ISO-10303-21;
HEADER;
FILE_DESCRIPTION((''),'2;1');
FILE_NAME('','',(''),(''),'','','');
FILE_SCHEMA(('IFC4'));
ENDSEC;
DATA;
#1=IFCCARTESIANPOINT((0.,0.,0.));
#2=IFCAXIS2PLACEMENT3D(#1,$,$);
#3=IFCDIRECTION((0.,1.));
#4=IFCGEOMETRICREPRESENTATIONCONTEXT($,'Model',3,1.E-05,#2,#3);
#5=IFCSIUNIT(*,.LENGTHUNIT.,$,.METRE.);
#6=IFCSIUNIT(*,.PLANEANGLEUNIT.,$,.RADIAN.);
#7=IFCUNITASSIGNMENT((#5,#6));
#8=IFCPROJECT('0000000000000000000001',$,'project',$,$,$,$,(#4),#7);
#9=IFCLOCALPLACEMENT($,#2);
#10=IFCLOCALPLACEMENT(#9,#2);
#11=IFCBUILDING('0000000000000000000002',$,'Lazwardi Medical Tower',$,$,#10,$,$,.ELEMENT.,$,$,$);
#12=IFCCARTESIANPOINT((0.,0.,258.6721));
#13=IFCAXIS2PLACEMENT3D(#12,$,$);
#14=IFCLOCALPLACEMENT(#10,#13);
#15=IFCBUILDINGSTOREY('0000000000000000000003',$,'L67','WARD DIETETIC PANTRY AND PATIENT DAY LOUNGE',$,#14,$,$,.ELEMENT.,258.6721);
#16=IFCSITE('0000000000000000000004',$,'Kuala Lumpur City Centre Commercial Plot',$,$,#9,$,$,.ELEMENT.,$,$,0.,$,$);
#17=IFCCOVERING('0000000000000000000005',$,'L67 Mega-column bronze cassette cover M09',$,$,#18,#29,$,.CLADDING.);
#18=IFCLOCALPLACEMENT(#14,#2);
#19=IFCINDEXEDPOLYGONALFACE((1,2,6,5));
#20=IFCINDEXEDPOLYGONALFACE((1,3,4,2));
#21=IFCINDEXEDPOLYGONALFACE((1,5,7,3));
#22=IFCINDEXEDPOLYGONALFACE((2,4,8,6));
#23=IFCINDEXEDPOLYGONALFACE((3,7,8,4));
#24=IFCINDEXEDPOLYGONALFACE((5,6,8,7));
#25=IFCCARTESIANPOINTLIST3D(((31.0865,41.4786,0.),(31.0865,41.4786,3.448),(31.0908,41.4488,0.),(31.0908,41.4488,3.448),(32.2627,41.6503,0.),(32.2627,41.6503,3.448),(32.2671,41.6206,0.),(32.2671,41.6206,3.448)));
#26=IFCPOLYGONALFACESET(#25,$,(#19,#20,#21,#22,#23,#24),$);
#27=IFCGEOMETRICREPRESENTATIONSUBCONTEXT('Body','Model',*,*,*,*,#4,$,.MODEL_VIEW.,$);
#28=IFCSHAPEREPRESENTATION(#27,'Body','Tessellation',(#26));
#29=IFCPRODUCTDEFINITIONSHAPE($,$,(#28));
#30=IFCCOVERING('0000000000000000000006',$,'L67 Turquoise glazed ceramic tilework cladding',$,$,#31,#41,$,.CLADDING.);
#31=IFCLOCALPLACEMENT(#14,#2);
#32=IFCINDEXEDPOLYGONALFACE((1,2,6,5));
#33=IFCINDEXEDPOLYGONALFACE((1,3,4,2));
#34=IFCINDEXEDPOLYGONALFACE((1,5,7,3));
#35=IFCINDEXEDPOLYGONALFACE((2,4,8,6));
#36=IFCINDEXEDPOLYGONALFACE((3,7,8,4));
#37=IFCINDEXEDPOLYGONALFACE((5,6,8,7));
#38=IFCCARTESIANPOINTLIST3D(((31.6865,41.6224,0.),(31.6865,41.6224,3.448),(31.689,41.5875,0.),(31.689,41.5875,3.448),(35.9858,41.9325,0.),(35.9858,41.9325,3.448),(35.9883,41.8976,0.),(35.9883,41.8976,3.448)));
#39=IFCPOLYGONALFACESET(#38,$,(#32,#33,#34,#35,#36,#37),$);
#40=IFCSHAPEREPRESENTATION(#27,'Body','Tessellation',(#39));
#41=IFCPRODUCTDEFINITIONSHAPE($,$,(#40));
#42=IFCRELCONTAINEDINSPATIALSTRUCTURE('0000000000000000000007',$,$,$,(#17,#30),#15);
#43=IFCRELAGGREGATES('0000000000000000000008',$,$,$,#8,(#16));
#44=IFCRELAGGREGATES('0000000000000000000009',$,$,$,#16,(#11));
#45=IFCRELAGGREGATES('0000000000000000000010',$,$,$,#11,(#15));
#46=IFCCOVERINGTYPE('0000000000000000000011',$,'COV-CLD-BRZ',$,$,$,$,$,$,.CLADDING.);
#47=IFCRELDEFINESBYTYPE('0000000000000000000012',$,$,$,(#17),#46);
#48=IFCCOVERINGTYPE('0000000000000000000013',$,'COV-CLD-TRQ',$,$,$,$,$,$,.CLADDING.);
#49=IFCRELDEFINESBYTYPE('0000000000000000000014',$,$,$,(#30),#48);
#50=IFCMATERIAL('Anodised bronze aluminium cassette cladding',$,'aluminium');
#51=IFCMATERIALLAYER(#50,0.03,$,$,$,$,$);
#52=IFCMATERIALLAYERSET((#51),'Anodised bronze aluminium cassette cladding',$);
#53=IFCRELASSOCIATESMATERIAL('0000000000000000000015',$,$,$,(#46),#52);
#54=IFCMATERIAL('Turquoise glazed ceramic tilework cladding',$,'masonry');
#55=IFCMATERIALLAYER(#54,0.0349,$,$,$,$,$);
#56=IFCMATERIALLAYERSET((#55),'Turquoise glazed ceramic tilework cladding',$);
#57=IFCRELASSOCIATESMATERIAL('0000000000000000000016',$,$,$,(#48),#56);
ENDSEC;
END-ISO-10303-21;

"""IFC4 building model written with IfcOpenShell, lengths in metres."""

from ifc_helpers import new_model, si_unit, direction, frame, origin, origin_2d, place, context, subcontext, project, spatial, rectangle, extrude, material, layer, layer_set, type_object, element, save


model = new_model("IFC4")

# Units and contexts
model_context = context("Model", 3, precision=1e-05, world=origin(), true_north=direction((0.0, 1.0)))
body_context = subcontext(model_context, "Body", "Model", "MODEL_VIEW")
ifc_project = project(units=[si_unit("LENGTHUNIT", "METRE"), si_unit("PLANEANGLEUNIT", "RADIAN")], contexts=[model_context])

# Site, building, storey
site_placement = place(None, origin())
site = spatial("IfcSite", under=ifc_project, at=site_placement, Name="Kuala Lumpur City Centre Commercial Plot", CompositionType="ELEMENT", RefElevation=0.0)
building_placement = place(site_placement, origin())
building = spatial("IfcBuilding", under=site, at=building_placement, Name="Lazwardi Medical Tower", CompositionType="ELEMENT")
storey_placement = place(building_placement, frame((0.0, 0.0, 258.6721)))
storey = spatial("IfcBuildingStorey", under=building, at=storey_placement, Name="L67", Description="WARD DIETETIC PANTRY AND PATIENT DAY LOUNGE", CompositionType="ELEMENT", Elevation=258.6721)

# Coverings
ifc_material_1 = material(Name="Anodised bronze aluminium cassette cladding", Category="aluminium")
ifc_layer_1 = layer(ifc_material_1, 0.03)
ifc_layer_set_1 = layer_set([ifc_layer_1], Name="Anodised bronze aluminium cassette cladding")
covering_type_1 = type_object("IfcCoveringType", Name="COV-CLD-BRZ", PredefinedType="CLADDING", material=ifc_layer_set_1)
covering_1_placement = place(storey_placement, frame((31.6768, 41.5496, 0.0), z_axis=(0.0, 0.0, 1.0), x_axis=(-0.989512, -0.144448, 0.0)))
element("IfcCovering", 1, at=covering_1_placement, inside=storey, type_object=covering_type_1, Name="L67 Mega-column bronze cassette cover M09", PredefinedType="CLADDING", context=body_context, shape_type="SweptSolid", body=[
    extrude(rectangle(XDim=1.1887, YDim=0.03, at=origin_2d()), origin(), (0.0, 0.0, 1.0), 3.448),
])
ifc_material_2 = material(Name="Turquoise glazed ceramic tilework cladding", Category="masonry")
ifc_layer_2 = layer(ifc_material_2, 0.0349)
ifc_layer_set_2 = layer_set([ifc_layer_2], Name="Turquoise glazed ceramic tilework cladding")
covering_type_2 = type_object("IfcCoveringType", Name="COV-CLD-TRQ", PredefinedType="CLADDING", material=ifc_layer_set_2)
covering_2_placement = place(storey_placement, frame((33.8374, 41.76, 0.0), z_axis=(0.0, 0.0, 1.0), x_axis=(-0.997409, -0.07194, 0.0)))
element("IfcCovering", 2, at=covering_2_placement, inside=storey, type_object=covering_type_2, Name="L67 Turquoise glazed ceramic tilework cladding", PredefinedType="CLADDING", context=body_context, shape_type="SweptSolid", body=[
    extrude(rectangle(XDim=4.3105, YDim=0.0349, at=origin_2d()), origin(), (0.0, 0.0, 1.0), 3.448),
])

save(model, "model.ifc")
